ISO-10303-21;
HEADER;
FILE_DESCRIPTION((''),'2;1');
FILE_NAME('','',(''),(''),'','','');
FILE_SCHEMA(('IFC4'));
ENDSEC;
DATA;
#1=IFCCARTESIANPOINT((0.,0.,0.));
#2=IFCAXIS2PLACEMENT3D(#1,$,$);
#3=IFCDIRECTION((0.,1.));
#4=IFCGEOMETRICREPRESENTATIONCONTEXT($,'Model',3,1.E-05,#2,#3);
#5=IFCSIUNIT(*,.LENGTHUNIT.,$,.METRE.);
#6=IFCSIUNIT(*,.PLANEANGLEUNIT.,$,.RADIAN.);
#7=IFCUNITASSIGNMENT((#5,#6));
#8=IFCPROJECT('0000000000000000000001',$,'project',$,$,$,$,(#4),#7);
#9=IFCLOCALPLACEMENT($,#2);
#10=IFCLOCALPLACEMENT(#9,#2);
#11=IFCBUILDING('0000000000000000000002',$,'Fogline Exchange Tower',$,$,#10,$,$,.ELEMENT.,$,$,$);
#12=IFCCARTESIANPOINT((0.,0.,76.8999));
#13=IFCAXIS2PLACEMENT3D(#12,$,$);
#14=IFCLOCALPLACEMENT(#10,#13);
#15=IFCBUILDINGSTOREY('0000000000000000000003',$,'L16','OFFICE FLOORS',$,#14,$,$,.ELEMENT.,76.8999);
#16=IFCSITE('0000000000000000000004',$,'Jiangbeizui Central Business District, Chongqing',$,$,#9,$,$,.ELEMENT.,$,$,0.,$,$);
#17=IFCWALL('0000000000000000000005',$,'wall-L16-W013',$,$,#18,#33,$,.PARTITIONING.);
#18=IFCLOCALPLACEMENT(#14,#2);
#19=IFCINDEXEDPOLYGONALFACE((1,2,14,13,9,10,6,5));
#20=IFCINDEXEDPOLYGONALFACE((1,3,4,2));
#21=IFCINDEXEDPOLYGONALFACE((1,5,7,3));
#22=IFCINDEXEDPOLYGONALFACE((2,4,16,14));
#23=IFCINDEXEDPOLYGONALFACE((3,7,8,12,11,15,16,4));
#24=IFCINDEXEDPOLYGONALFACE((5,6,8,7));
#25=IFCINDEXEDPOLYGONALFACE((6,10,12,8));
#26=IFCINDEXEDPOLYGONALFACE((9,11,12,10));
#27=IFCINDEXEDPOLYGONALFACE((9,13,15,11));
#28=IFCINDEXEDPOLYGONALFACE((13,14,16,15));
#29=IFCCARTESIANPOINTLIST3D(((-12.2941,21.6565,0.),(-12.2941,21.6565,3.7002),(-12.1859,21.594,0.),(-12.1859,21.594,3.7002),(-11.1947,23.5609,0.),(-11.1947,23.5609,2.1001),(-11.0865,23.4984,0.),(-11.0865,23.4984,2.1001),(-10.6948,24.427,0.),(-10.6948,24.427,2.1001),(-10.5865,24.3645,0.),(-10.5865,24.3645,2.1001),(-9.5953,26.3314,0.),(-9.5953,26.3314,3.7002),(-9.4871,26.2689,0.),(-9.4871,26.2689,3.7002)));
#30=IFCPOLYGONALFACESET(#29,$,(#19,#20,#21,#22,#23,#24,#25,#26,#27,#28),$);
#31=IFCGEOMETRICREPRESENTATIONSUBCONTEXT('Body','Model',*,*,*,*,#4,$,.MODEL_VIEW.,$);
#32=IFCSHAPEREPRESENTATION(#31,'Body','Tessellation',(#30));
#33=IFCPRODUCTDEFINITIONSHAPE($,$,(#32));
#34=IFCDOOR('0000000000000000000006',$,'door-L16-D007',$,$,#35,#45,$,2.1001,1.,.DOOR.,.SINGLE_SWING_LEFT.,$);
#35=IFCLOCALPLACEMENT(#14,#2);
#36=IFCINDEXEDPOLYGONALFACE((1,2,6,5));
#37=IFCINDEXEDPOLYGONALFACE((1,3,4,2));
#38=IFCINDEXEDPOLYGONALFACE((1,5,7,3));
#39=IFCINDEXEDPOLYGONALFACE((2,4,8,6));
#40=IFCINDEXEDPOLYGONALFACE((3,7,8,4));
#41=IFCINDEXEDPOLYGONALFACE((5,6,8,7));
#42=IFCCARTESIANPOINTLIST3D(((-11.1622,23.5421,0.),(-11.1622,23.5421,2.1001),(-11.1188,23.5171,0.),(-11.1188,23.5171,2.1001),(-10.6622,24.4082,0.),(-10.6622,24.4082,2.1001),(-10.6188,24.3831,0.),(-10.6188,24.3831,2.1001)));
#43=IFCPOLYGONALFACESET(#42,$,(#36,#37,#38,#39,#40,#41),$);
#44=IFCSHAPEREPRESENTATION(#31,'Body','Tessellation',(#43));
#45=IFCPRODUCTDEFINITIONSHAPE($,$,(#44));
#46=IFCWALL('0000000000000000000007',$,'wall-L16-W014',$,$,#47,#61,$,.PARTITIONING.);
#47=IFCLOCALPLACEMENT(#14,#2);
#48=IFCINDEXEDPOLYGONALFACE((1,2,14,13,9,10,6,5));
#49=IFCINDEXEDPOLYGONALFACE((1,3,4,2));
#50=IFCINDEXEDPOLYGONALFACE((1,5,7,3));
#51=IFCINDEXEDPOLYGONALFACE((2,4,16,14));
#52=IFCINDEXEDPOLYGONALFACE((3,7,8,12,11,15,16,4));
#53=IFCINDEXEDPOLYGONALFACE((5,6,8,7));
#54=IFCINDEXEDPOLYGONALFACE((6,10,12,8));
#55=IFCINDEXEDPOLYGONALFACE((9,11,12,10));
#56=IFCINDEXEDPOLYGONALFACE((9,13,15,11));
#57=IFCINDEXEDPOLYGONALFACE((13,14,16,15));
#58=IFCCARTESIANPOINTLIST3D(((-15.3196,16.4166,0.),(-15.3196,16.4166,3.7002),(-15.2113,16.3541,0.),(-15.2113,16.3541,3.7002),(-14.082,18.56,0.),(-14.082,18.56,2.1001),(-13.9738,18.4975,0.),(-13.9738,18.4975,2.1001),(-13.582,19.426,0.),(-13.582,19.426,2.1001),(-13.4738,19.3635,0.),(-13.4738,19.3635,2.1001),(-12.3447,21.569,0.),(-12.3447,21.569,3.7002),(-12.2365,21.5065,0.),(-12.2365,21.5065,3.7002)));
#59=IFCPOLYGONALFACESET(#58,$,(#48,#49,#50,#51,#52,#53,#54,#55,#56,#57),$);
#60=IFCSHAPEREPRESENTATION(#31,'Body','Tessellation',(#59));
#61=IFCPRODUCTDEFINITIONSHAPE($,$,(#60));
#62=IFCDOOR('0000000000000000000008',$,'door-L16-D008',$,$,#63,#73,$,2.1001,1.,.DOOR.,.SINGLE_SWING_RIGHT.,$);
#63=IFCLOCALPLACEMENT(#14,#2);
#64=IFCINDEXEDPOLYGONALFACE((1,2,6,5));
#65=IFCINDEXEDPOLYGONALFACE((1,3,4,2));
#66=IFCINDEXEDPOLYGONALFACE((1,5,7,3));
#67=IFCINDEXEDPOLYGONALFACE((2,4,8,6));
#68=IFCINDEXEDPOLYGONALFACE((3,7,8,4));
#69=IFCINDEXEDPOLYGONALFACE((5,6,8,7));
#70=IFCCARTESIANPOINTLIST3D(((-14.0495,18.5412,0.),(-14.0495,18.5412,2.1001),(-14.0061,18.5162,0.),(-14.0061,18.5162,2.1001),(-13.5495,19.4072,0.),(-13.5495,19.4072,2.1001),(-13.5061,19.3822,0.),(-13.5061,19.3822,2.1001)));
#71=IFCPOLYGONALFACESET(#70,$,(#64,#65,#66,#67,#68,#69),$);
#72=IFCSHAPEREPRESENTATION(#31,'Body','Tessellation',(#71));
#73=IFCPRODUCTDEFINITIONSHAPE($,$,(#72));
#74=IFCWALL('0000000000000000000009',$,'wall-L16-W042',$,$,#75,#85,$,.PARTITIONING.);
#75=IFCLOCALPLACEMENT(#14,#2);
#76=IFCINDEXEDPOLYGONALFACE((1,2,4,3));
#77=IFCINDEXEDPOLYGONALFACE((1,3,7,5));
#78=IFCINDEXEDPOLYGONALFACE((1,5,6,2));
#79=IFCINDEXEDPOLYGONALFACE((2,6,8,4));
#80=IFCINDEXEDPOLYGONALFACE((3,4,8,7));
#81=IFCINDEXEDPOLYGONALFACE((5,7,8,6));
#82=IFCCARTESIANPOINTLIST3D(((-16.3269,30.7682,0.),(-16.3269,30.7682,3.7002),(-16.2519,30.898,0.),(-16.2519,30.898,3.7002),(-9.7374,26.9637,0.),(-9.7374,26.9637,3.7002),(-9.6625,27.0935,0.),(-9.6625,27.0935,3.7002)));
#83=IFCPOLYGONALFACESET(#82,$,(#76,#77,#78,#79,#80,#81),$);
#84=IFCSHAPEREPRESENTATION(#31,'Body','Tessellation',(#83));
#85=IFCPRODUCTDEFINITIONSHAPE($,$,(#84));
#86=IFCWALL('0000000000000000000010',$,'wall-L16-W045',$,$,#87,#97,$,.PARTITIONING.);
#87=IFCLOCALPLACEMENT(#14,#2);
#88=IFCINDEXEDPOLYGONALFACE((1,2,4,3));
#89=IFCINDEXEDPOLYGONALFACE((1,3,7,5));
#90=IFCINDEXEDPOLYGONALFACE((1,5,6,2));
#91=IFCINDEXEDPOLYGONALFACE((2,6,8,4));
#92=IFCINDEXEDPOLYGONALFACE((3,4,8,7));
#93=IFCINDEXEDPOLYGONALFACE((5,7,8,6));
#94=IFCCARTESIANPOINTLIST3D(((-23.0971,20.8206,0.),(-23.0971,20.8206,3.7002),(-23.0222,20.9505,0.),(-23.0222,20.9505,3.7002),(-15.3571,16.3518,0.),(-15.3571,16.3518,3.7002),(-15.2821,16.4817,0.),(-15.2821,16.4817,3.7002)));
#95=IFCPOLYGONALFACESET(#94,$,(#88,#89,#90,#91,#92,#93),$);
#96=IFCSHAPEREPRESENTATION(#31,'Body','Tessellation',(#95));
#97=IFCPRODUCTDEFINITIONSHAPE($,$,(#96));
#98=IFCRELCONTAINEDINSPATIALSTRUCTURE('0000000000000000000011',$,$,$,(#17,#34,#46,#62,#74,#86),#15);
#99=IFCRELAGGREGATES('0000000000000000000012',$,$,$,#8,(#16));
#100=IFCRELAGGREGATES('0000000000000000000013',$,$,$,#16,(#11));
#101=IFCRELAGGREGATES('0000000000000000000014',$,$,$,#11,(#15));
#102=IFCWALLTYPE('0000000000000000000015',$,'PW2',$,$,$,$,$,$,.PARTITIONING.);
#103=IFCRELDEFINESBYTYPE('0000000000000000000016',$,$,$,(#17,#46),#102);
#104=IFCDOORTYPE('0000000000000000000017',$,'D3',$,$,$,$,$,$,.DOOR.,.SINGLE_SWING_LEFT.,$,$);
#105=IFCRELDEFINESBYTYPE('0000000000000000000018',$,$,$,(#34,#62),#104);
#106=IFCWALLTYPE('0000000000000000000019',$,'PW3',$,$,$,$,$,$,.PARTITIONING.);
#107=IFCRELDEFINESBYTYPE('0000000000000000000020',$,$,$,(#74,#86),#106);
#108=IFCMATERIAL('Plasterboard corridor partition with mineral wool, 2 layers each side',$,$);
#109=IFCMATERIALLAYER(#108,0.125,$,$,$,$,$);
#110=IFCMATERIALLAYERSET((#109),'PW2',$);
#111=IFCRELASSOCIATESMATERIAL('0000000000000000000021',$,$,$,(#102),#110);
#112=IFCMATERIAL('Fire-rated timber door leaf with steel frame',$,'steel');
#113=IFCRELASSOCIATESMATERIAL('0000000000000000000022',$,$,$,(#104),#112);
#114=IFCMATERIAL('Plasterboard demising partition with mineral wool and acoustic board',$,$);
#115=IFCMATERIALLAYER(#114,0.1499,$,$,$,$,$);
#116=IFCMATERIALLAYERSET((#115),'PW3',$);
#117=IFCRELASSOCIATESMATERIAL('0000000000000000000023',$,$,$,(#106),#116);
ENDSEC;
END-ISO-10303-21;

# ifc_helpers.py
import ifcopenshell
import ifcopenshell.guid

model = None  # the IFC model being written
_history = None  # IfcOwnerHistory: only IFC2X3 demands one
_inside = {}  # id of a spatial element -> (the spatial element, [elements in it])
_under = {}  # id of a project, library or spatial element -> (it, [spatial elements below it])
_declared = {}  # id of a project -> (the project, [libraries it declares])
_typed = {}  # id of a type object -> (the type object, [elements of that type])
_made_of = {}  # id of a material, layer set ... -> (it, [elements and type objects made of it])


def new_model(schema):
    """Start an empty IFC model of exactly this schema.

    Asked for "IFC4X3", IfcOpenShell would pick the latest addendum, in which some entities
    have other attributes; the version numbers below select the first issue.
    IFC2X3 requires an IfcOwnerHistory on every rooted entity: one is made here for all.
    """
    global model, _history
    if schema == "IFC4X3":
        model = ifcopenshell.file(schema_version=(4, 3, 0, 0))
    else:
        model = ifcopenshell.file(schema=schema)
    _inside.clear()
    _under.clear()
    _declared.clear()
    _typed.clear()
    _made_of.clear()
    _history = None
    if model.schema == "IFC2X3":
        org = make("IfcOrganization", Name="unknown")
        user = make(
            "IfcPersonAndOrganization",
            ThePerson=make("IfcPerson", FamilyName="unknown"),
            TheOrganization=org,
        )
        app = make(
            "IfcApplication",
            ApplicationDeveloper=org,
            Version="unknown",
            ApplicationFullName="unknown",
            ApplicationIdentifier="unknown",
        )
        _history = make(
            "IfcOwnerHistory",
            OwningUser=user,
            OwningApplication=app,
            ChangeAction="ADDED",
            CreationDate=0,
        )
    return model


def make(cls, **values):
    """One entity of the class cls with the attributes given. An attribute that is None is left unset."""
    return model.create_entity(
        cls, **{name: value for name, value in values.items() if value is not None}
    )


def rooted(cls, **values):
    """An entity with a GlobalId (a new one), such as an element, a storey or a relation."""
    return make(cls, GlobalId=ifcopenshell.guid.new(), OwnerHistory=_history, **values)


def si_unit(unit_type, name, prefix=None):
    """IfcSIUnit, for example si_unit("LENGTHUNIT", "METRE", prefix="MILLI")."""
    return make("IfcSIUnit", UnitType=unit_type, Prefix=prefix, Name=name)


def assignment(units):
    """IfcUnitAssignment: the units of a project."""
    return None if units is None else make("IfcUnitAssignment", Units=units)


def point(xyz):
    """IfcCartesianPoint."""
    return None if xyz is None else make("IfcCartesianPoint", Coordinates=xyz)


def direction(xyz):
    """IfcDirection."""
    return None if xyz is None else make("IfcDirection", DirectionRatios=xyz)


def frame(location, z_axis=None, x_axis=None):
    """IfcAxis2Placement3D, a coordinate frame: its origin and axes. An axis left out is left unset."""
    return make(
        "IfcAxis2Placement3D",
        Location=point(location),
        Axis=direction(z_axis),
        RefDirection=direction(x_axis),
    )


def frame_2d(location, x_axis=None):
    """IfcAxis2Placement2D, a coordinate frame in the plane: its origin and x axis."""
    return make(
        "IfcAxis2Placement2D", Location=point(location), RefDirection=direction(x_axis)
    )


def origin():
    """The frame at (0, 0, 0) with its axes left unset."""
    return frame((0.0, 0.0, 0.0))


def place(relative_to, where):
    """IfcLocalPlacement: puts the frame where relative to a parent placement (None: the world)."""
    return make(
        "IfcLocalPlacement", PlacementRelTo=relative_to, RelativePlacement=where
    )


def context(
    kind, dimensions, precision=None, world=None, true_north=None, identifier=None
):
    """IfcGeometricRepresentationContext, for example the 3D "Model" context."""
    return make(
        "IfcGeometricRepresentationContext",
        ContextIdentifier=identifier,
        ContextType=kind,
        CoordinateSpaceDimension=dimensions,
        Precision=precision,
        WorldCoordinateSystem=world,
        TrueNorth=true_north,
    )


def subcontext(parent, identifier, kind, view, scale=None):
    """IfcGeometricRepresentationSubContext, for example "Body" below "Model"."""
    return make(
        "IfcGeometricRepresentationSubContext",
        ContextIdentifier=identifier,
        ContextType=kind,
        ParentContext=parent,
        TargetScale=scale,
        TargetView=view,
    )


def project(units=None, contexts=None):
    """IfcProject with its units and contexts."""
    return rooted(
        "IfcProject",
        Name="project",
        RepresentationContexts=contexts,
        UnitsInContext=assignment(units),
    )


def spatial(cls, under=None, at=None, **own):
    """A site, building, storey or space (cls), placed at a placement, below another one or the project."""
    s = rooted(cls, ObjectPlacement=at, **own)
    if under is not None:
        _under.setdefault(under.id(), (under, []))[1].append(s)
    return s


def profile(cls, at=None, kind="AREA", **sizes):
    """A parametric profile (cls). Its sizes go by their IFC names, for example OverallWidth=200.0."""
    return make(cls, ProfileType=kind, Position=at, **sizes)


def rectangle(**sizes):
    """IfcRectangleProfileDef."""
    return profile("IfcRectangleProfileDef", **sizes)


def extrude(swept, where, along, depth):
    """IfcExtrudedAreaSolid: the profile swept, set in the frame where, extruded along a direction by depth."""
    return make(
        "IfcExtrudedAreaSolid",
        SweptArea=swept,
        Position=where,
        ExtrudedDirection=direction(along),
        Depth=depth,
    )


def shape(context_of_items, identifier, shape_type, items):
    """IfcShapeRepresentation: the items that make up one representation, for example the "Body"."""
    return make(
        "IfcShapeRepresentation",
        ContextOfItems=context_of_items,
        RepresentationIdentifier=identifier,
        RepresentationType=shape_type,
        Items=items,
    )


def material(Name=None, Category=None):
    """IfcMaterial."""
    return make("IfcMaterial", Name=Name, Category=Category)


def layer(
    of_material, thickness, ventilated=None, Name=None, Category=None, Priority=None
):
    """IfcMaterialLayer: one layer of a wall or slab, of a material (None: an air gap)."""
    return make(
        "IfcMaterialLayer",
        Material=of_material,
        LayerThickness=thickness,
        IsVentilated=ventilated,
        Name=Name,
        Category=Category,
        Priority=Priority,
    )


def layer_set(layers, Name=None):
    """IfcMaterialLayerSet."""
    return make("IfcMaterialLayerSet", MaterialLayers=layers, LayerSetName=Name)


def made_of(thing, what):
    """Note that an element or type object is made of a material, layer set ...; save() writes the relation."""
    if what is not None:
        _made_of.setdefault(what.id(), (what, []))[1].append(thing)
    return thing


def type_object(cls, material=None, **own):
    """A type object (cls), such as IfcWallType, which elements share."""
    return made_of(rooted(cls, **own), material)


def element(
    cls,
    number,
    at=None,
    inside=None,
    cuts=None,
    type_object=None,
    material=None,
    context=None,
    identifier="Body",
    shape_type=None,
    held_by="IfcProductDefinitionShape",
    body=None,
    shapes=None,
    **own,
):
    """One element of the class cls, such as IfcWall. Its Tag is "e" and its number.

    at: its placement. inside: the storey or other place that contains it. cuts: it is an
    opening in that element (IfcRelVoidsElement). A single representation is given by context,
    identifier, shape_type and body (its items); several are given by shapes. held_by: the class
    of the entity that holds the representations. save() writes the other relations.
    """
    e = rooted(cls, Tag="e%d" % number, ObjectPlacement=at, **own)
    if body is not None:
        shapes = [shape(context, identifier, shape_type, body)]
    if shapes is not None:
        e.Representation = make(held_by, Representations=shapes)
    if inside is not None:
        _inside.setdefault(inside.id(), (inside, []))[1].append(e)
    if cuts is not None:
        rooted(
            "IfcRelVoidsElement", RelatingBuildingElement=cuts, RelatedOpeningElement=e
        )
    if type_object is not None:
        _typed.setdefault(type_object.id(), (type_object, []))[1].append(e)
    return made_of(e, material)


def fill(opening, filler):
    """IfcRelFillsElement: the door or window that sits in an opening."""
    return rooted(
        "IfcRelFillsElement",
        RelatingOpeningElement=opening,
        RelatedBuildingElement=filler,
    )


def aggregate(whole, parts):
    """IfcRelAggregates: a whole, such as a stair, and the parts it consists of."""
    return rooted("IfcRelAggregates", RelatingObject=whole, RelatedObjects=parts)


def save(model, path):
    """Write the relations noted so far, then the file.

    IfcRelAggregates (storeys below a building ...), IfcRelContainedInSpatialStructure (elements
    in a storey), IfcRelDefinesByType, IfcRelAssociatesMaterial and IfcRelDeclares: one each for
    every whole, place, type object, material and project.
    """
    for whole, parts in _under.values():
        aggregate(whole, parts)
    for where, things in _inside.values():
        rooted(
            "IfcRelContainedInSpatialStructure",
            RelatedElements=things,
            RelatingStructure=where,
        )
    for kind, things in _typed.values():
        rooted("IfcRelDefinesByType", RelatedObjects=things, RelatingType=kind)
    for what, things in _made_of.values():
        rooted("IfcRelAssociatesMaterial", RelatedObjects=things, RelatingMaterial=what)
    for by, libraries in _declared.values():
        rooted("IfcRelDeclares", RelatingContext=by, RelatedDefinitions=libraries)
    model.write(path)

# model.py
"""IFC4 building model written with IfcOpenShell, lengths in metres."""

from ifc_helpers import new_model, si_unit, direction, frame, frame_2d, origin, place, context, subcontext, project, spatial, rectangle, extrude, material, layer, layer_set, type_object, element, fill, save


model = new_model("IFC4")

# Units and contexts
model_context = context("Model", 3, precision=1e-05, world=origin(), true_north=direction((0.0, 1.0)))
body_context = subcontext(model_context, "Body", "Model", "MODEL_VIEW")
ifc_project = project(units=[si_unit("LENGTHUNIT", "METRE"), si_unit("PLANEANGLEUNIT", "RADIAN")], contexts=[model_context])

# Site, building, storey
site_placement = place(None, origin())
site = spatial("IfcSite", under=ifc_project, at=site_placement, Name="Jiangbeizui Central Business District, Chongqing", CompositionType="ELEMENT", RefElevation=0.0)
building_placement = place(site_placement, origin())
building = spatial("IfcBuilding", under=site, at=building_placement, Name="Fogline Exchange Tower", CompositionType="ELEMENT")
storey_placement = place(building_placement, frame((0.0, 0.0, 76.8999)))
storey = spatial("IfcBuildingStorey", under=building, at=storey_placement, Name="L16", Description="OFFICE FLOORS", CompositionType="ELEMENT", Elevation=76.8999)

# Walls, openings, doors
ifc_material_1 = material(Name="Plasterboard corridor partition with mineral wool, 2 layers each side")
ifc_layer_1 = layer(ifc_material_1, 0.125)
ifc_layer_set_1 = layer_set([ifc_layer_1], Name="PW2")
wall_type_1 = type_object("IfcWallType", Name="PW2", PredefinedType="PARTITIONING", material=ifc_layer_set_1)
wall_1_placement = place(storey_placement, frame((-12.24, 21.6252, 0.0), z_axis=(0.0, 0.0, 1.0), x_axis=(0.499963, 0.866047, 0.0)))
wall_1 = element("IfcWall", 1, at=wall_1_placement, inside=storey, type_object=wall_type_1, Name="wall-L16-W013", PredefinedType="PARTITIONING", context=body_context, shape_type="SweptSolid", body=[
    extrude(rectangle(XDim=5.3979, YDim=0.125, at=frame_2d((2.699, 0.0))), origin(), (0.0, 0.0, 1.0), 3.7002),
])
opening_1_placement = place(wall_1_placement, frame((2.199, 0.0, 0.0)))
opening_1 = element("IfcOpeningElement", 2, at=opening_1_placement, cuts=wall_1, PredefinedType="OPENING", context=body_context, shape_type="SweptSolid", body=[
    extrude(rectangle(XDim=1.0, YDim=2.1001, at=frame_2d((0.5, 1.05))), frame((0.0, 0.0725, 0.0), z_axis=(0.0, -1.0, 0.0), x_axis=(1.0, 0.0, 0.0)), (0.0, 0.0, 1.0), 0.145),
])
ifc_material_2 = material(Name="Fire-rated timber door leaf with steel frame", Category="steel")
door_type_1 = type_object("IfcDoorType", Name="D3", OperationType="SINGLE_SWING_LEFT", PredefinedType="DOOR", material=ifc_material_2)
door_1_placement = place(opening_1_placement, origin())
door_1 = element("IfcDoor", 3, at=door_1_placement, inside=storey, type_object=door_type_1, Name="door-L16-D007", OperationType="SINGLE_SWING_LEFT", OverallHeight=2.1001, OverallWidth=1.0, PredefinedType="DOOR", context=body_context, shape_type="SweptSolid", body=[
    extrude(rectangle(XDim=1.0, YDim=2.1001, at=frame_2d((0.5, 1.05))), frame((0.0, 0.0249, 0.0), z_axis=(0.0, -1.0, 0.0), x_axis=(1.0, 0.0, 0.0)), (0.0, 0.0, 1.0), 0.05),
])
fill(opening_1, door_1)
wall_2_placement = place(storey_placement, frame((-15.2654, 16.3855, 0.0), z_axis=(0.0, 0.0, 1.0), x_axis=(0.500018, 0.866015, 0.0)))
wall_2 = element("IfcWall", 4, at=wall_2_placement, inside=storey, type_object=wall_type_1, Name="wall-L16-W014", PredefinedType="PARTITIONING", context=body_context, shape_type="SweptSolid", body=[
    extrude(rectangle(XDim=5.9495, YDim=0.125, at=frame_2d((2.9746, 0.0))), origin(), (0.0, 0.0, 1.0), 3.7002),
])
opening_2_placement = place(wall_2_placement, frame((2.4749, 0.0, 0.0)))
opening_2 = element("IfcOpeningElement", 5, at=opening_2_placement, cuts=wall_2, PredefinedType="OPENING", context=body_context, shape_type="SweptSolid", body=[
    extrude(rectangle(XDim=1.0, YDim=2.1001, at=frame_2d((0.5, 1.05))), frame((0.0, 0.0725, 0.0), z_axis=(0.0, -1.0, 0.0), x_axis=(1.0, 0.0, 0.0)), (0.0, 0.0, 1.0), 0.145),
])
door_2_placement = place(opening_2_placement, origin())
door_2 = element("IfcDoor", 6, at=door_2_placement, inside=storey, type_object=door_type_1, Name="door-L16-D008", OperationType="SINGLE_SWING_RIGHT", OverallHeight=2.1001, OverallWidth=1.0, PredefinedType="DOOR", context=body_context, shape_type="SweptSolid", body=[
    extrude(rectangle(XDim=1.0, YDim=2.1001, at=frame_2d((0.5, 1.05))), frame((0.0, 0.0249, 0.0), z_axis=(0.0, -1.0, 0.0), x_axis=(1.0, 0.0, 0.0)), (0.0, 0.0, 1.0), 0.05),
])
fill(opening_2, door_2)

# Walls
ifc_material_3 = material(Name="Plasterboard demising partition with mineral wool and acoustic board")
ifc_layer_2 = layer(ifc_material_3, 0.1499)
ifc_layer_set_2 = layer_set([ifc_layer_2], Name="PW3")
wall_type_2 = type_object("IfcWallType", Name="PW3", PredefinedType="PARTITIONING", material=ifc_layer_set_2)
wall_3_placement = place(storey_placement, frame((-9.7, 27.0286, 0.0), z_axis=(0.0, 0.0, 1.0), x_axis=(-0.866021, 0.500008, 0.0)))
element("IfcWall", 7, at=wall_3_placement, inside=storey, type_object=wall_type_2, Name="wall-L16-W042", PredefinedType="PARTITIONING", context=body_context, shape_type="SweptSolid", body=[
    extrude(rectangle(XDim=7.6089, YDim=0.1499, at=frame_2d((3.8044, 0.0))), origin(), (0.0, 0.0, 1.0), 3.7002),
])
wall_4_placement = place(storey_placement, frame((-15.3196, 16.4167, 0.0), z_axis=(0.0, 0.0, 1.0), x_axis=(-0.866022, 0.500005, 0.0)))
element("IfcWall", 8, at=wall_4_placement, inside=storey, type_object=wall_type_2, Name="wall-L16-W045", PredefinedType="PARTITIONING", context=body_context, shape_type="SweptSolid", body=[
    extrude(rectangle(XDim=8.9375, YDim=0.1499, at=frame_2d((4.4688, 0.0))), origin(), (0.0, 0.0, 1.0), 3.7002),
])

save(model, "model.ifc")
